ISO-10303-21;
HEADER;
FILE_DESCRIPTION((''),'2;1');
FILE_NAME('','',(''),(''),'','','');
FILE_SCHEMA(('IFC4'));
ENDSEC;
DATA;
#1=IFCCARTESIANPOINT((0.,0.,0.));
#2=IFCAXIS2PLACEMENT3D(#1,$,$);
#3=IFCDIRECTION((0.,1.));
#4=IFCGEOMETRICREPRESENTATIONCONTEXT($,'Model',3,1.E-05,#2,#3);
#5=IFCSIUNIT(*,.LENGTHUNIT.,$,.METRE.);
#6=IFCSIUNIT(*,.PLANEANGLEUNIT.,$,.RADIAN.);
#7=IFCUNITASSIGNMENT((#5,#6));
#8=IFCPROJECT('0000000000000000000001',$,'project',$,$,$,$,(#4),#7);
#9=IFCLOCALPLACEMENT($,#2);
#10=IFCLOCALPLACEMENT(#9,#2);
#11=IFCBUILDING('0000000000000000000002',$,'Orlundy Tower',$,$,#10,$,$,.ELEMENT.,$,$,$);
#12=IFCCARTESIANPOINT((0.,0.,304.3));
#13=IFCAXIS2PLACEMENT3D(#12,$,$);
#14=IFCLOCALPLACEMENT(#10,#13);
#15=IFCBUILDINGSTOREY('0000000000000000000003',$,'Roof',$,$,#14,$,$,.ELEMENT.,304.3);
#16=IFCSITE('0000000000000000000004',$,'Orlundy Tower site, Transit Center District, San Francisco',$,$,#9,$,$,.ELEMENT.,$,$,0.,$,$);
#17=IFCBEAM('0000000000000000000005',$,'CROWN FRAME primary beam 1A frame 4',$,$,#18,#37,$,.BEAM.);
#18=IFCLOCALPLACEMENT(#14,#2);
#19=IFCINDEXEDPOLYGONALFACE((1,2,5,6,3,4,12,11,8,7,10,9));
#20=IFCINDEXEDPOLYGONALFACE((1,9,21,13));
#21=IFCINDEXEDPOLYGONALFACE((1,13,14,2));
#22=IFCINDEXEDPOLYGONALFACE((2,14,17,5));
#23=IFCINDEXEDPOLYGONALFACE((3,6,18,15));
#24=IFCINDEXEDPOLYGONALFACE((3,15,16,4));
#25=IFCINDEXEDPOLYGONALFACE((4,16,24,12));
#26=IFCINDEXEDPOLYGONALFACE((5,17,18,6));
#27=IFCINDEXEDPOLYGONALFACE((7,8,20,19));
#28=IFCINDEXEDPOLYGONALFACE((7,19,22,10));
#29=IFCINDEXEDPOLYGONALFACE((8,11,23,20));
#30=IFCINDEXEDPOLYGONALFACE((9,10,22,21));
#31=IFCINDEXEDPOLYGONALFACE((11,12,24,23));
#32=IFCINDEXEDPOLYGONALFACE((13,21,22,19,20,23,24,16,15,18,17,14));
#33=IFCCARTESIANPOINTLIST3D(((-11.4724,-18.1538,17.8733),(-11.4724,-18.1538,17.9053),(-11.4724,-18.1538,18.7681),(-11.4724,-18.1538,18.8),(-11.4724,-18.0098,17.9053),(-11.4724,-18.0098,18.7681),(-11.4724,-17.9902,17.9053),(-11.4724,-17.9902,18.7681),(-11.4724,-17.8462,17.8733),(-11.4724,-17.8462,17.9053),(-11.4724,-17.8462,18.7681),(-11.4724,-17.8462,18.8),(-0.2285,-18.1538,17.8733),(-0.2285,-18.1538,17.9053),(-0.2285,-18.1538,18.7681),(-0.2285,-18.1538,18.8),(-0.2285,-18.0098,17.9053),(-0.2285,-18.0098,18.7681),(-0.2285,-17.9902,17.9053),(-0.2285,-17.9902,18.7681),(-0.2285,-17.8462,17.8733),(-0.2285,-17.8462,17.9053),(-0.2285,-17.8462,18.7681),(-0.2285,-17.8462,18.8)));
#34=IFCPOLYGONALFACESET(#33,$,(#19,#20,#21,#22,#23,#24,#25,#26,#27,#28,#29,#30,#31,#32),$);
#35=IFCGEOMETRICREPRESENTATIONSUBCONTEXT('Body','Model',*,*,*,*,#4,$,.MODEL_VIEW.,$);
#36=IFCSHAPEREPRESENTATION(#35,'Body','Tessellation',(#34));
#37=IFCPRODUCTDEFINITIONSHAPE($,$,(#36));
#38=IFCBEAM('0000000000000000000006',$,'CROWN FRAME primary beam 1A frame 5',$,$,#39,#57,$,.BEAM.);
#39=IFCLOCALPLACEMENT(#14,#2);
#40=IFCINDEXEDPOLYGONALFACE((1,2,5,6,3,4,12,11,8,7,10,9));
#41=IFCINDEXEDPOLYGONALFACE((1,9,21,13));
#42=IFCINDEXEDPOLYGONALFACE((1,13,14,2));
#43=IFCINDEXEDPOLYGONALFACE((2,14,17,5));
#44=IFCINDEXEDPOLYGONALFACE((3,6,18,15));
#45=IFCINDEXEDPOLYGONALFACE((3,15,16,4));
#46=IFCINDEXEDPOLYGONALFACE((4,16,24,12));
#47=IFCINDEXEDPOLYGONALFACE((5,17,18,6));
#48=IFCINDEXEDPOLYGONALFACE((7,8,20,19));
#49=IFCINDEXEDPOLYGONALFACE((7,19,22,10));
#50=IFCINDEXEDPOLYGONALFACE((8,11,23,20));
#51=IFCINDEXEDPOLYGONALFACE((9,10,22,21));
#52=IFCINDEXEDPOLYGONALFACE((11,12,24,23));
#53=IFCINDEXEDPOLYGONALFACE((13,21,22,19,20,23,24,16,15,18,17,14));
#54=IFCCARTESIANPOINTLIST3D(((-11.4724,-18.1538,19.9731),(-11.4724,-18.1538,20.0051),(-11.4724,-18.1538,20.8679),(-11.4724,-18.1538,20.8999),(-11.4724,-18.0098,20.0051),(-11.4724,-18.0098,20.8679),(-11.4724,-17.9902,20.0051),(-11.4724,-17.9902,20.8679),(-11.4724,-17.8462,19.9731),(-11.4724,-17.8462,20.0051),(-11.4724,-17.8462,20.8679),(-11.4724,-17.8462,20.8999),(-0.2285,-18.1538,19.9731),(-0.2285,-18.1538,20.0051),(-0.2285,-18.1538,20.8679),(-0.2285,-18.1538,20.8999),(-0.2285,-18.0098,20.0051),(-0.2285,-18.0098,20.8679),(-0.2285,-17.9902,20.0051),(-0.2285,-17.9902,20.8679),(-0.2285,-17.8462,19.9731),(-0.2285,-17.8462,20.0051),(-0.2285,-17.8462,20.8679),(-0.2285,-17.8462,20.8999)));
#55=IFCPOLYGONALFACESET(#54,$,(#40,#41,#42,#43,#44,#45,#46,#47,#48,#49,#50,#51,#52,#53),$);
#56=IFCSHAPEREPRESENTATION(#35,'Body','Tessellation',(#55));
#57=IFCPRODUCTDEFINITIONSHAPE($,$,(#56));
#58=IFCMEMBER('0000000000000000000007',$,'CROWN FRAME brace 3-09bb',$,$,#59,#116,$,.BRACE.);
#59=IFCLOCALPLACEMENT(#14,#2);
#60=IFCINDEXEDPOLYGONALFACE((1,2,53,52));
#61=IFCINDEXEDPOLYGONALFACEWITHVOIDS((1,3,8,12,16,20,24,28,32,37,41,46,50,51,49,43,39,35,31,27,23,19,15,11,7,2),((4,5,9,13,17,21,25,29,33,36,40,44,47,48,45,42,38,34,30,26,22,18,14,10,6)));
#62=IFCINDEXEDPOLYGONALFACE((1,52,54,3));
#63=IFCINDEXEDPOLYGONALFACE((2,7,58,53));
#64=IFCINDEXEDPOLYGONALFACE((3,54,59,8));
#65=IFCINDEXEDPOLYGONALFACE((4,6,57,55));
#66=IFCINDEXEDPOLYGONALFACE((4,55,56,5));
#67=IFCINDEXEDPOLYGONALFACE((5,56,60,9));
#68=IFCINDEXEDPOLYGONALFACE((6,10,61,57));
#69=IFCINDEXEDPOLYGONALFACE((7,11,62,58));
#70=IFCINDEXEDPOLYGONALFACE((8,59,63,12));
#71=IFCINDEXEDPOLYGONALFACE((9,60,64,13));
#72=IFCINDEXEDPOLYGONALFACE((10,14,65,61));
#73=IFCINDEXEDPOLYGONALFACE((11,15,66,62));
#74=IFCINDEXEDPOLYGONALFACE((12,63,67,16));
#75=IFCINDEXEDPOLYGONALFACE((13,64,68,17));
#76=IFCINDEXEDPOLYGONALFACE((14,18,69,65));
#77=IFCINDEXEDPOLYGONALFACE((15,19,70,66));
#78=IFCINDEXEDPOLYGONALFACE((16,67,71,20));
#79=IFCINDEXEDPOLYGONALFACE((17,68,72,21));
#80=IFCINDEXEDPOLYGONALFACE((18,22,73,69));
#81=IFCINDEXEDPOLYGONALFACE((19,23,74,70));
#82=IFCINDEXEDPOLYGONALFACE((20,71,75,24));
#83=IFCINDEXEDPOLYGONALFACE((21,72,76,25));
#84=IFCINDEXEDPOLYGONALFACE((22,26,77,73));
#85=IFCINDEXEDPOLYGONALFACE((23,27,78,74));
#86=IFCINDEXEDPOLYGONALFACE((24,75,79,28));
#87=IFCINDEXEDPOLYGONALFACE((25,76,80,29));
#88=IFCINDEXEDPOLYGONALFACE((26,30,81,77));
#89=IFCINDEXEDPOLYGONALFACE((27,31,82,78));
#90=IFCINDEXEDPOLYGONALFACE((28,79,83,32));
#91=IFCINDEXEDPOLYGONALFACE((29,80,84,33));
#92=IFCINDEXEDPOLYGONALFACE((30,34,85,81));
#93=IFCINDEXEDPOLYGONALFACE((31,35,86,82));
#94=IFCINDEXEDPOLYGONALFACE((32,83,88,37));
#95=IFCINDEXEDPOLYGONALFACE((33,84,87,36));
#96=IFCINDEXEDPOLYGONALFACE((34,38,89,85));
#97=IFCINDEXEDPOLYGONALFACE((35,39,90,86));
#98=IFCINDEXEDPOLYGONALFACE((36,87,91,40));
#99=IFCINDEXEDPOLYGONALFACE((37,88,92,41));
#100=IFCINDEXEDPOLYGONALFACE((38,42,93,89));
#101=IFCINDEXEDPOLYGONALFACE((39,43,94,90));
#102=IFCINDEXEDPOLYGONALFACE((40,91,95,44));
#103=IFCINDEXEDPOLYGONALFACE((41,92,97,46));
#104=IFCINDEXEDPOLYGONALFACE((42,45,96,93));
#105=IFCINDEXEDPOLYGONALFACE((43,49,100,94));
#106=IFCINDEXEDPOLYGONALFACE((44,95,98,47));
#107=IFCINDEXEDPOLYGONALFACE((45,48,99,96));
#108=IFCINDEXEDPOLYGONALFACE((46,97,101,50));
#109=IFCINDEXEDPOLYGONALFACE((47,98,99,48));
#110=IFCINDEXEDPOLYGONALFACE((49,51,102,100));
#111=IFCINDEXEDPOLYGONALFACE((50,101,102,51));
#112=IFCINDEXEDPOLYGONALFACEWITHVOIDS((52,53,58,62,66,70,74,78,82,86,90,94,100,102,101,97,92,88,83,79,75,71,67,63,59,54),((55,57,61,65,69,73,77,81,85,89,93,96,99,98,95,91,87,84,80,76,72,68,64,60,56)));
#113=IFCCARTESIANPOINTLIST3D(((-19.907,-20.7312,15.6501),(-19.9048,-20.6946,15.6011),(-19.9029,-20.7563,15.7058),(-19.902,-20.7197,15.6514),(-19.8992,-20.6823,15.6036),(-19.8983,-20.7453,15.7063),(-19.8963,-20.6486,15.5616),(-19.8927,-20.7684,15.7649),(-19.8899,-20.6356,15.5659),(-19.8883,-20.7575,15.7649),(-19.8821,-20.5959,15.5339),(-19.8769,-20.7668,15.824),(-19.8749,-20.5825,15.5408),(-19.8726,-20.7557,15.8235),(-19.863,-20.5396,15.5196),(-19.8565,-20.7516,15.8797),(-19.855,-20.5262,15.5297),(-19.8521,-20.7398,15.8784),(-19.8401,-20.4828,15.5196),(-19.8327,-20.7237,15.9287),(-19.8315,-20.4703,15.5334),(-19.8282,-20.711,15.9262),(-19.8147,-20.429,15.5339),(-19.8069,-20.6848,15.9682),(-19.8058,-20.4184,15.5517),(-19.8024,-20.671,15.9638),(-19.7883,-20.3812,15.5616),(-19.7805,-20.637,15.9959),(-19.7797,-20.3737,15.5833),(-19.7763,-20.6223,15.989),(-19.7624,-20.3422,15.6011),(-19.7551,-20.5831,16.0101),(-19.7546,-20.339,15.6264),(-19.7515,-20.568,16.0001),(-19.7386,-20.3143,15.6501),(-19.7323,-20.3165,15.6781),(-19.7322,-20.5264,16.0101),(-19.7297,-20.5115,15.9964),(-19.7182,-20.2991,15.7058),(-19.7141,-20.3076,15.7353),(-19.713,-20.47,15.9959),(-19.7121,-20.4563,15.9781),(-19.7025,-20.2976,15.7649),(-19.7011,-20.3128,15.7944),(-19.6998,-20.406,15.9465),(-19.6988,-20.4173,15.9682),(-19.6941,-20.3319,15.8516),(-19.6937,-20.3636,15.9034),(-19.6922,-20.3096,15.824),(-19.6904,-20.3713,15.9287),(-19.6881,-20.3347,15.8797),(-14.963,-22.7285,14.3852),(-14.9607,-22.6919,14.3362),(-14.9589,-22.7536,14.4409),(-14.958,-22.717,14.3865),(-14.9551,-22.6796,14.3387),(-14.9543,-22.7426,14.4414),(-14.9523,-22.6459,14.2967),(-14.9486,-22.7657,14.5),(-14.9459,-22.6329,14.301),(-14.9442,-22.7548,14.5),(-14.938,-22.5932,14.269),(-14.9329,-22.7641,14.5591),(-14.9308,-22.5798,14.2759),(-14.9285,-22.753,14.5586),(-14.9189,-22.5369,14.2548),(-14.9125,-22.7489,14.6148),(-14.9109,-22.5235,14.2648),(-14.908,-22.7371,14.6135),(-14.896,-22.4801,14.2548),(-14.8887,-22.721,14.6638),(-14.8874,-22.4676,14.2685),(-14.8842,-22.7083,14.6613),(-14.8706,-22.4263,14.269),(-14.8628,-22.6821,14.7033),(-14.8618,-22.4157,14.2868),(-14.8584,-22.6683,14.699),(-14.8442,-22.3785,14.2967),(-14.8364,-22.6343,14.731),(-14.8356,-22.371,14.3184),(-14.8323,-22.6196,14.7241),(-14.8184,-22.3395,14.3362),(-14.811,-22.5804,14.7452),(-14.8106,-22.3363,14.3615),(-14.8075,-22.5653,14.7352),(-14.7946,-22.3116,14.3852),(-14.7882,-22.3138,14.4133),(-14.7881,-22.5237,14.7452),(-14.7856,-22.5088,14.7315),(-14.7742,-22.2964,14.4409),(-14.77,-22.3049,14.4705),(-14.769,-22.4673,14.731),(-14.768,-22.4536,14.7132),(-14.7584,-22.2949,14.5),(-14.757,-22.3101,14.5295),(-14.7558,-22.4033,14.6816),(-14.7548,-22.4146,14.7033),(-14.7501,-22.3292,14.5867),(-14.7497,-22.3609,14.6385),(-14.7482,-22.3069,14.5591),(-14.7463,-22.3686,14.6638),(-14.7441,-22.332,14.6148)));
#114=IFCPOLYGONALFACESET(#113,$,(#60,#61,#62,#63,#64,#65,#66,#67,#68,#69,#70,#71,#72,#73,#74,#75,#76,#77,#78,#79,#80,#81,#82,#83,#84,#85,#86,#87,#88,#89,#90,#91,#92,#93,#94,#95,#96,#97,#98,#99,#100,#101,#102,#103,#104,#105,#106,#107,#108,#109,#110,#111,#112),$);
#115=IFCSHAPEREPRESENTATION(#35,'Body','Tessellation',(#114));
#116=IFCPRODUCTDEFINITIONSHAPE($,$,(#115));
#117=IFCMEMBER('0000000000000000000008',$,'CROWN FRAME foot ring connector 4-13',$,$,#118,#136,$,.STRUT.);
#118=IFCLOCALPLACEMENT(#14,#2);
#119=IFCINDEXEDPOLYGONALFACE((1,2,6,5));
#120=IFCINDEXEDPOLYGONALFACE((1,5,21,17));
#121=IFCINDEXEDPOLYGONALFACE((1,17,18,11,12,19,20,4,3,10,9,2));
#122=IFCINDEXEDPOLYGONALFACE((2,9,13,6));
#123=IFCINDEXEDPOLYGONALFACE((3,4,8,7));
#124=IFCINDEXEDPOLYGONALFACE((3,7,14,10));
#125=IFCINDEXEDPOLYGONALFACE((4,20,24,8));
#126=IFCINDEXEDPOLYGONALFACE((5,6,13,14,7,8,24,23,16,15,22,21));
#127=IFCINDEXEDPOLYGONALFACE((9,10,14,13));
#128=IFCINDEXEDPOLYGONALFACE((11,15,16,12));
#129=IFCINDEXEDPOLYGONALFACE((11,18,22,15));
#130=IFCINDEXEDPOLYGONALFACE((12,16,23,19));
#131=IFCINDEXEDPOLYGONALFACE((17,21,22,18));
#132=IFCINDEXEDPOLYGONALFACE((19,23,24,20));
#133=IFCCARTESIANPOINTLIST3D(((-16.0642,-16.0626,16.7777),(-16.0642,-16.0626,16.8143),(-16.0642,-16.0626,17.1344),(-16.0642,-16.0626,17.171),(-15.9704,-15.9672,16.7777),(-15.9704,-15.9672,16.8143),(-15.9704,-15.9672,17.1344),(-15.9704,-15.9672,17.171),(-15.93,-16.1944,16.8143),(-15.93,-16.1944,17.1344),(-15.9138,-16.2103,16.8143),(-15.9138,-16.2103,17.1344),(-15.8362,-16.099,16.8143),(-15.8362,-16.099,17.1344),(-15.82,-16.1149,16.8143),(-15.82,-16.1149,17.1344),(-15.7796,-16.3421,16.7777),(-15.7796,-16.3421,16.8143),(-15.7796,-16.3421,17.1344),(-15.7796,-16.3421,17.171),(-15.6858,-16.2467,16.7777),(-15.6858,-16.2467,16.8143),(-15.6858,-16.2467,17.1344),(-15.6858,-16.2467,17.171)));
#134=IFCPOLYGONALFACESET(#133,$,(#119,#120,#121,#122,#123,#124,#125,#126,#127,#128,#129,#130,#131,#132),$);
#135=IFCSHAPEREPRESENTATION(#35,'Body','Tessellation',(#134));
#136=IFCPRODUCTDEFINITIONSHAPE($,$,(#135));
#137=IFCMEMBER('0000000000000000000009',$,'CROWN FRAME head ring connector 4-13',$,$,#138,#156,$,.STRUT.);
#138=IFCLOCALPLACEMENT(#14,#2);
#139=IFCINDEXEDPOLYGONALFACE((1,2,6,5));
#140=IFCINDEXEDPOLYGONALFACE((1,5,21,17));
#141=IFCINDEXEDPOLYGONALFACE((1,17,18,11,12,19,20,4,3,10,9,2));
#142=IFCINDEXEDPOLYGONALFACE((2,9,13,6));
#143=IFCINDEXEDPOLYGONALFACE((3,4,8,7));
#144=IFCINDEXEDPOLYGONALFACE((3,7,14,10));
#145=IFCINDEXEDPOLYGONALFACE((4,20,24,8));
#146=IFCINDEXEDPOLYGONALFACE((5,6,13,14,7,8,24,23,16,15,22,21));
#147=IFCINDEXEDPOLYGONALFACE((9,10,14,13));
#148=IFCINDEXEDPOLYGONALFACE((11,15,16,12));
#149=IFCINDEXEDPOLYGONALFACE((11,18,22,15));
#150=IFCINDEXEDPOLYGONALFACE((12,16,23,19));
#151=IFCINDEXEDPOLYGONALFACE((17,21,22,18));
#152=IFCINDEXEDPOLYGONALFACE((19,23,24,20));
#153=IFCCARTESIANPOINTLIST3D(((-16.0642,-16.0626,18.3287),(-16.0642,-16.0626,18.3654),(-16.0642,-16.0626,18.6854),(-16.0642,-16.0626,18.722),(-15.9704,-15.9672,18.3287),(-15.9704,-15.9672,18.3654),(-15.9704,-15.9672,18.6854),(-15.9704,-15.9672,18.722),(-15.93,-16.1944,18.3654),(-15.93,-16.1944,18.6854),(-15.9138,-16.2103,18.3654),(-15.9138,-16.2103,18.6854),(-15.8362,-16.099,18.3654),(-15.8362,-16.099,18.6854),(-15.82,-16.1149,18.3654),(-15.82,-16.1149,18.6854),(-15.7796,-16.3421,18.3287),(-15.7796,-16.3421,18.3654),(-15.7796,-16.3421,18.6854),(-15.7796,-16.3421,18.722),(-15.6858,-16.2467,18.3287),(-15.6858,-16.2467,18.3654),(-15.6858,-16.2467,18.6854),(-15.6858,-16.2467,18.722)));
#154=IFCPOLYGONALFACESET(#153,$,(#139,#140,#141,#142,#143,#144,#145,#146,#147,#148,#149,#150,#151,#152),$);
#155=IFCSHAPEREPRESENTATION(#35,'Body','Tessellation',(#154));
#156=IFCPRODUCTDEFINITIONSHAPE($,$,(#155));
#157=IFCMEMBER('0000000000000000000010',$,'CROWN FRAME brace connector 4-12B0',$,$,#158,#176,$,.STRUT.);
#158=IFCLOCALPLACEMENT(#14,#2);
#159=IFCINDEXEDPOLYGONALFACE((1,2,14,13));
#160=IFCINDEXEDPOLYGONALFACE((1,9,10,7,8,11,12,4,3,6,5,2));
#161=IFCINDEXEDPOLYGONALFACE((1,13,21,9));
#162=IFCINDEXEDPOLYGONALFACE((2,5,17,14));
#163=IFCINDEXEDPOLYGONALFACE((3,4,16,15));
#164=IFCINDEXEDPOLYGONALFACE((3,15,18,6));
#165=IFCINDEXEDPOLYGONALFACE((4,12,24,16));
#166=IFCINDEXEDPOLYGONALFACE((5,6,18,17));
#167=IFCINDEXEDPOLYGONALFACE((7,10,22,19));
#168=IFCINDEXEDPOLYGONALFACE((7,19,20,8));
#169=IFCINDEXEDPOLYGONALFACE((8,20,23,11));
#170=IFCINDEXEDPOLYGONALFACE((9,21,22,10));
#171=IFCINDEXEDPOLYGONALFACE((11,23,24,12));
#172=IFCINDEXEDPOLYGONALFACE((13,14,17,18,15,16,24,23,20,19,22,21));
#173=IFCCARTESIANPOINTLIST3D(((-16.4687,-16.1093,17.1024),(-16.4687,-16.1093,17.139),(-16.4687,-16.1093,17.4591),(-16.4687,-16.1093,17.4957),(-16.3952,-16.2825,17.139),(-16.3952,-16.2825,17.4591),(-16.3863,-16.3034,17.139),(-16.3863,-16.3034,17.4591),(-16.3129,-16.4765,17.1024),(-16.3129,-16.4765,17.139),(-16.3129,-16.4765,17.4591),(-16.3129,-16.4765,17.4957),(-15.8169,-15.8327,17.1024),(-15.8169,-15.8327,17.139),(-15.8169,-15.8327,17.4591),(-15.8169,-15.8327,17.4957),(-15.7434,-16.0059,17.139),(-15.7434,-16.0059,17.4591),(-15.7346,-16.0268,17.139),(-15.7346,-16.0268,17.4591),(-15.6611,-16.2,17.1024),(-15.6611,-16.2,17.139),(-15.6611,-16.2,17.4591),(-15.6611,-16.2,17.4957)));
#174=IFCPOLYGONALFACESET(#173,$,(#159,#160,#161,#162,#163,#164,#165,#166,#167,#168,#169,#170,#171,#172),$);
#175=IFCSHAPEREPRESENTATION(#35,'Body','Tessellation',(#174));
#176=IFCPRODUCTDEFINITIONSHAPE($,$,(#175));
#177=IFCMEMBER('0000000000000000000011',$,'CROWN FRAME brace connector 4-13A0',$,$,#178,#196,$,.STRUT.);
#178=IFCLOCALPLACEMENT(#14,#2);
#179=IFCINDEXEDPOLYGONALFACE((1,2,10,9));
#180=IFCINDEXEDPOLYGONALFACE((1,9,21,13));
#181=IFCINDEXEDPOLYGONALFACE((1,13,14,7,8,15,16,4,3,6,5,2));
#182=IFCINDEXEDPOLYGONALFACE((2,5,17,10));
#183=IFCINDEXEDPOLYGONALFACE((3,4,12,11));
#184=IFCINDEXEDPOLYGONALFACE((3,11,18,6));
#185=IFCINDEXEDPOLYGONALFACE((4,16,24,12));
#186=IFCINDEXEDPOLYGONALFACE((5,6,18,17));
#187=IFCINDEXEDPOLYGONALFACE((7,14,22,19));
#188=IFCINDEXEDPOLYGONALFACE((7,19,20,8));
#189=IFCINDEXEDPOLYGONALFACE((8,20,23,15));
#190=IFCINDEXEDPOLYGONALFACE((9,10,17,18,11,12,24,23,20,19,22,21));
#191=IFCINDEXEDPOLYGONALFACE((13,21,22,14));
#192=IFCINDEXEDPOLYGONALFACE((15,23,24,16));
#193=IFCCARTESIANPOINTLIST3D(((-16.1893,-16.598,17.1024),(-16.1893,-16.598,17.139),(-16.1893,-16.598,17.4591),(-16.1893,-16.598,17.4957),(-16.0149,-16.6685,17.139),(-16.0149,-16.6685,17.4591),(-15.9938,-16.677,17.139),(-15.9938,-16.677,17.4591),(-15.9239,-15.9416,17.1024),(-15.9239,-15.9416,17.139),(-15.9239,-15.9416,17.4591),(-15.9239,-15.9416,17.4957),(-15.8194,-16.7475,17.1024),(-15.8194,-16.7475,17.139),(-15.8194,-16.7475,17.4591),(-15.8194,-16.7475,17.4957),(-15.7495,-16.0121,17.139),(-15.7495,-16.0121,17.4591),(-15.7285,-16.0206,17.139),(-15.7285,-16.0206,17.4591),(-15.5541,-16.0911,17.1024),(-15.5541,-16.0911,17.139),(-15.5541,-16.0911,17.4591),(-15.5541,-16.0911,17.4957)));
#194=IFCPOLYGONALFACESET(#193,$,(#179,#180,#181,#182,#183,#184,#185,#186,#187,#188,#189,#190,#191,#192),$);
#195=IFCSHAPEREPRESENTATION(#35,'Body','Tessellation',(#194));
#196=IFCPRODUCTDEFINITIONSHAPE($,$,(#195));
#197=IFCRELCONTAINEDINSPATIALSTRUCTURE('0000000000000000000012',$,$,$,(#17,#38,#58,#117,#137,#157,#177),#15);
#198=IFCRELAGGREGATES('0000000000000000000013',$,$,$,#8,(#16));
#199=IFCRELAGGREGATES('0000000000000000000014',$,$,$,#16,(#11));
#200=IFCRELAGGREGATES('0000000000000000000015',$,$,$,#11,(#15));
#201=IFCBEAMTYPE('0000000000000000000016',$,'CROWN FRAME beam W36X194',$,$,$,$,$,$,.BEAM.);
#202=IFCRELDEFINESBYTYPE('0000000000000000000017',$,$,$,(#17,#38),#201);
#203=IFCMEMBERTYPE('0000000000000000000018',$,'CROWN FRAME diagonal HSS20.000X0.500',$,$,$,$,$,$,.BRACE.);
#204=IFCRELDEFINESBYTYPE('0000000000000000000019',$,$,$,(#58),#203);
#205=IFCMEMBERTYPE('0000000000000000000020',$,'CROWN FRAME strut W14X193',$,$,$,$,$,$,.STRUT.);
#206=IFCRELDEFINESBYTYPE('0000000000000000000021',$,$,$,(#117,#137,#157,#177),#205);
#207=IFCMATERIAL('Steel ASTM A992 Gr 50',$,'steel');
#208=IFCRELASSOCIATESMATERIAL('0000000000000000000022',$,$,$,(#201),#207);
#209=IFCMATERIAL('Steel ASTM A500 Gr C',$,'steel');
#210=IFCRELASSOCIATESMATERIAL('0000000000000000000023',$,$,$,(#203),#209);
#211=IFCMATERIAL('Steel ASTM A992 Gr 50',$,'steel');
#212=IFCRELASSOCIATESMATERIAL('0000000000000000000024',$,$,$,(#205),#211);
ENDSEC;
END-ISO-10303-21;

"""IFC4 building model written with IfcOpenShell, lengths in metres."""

from ifc_helpers import new_model, si_unit, direction, frame, origin, origin_2d, place, context, subcontext, project, spatial, hollow_circle, i_section, extrude, material, material_profile, profile_set, type_object, element, save


model = new_model("IFC4")

# Units and contexts
model_context = context("Model", 3, precision=1e-05, world=origin(), true_north=direction((0.0, 1.0)))
body_context = subcontext(model_context, "Body", "Model", "MODEL_VIEW")
ifc_project = project(units=[si_unit("LENGTHUNIT", "METRE"), si_unit("PLANEANGLEUNIT", "RADIAN")], contexts=[model_context])

# Site, building, storey
site_placement = place(None, origin())
site = spatial("IfcSite", under=ifc_project, at=site_placement, Name="Orlundy Tower site, Transit Center District, San Francisco", CompositionType="ELEMENT", RefElevation=0.0)
building_placement = place(site_placement, origin())
building = spatial("IfcBuilding", under=site, at=building_placement, Name="Orlundy Tower", CompositionType="ELEMENT")
storey_placement = place(building_placement, frame((0.0, 0.0, 304.3)))
storey = spatial("IfcBuildingStorey", under=building, at=storey_placement, Name="Roof", CompositionType="ELEMENT", Elevation=304.3)

# Beams
ifc_material_1 = material(Name="Steel ASTM A992 Gr 50", Category="steel")
ifc_material_profile_1 = material_profile(ifc_material_1, i_section(OverallWidth=0.3076, OverallDepth=0.9268, WebThickness=0.0195, FlangeThickness=0.032, at=origin_2d()), Name="W36X194")
ifc_profile_set_1 = profile_set([ifc_material_profile_1], Name="Steel ASTM A992 Gr 50")
beam_type_1 = type_object("IfcBeamType", Name="CROWN FRAME beam W36X194", PredefinedType="BEAM", material=ifc_profile_set_1)
for number, where, z_axis, x_axis, name in (
    (1, (-11.4724, -18.0, 18.3367), (1.0, 0.0, 0.0), (0.0, 1.0, 0.0), "CROWN FRAME primary beam 1A frame 4"),
    (2, (-11.4724, -18.0, 20.4365), (1.0, 0.0, 0.0), (0.0, 1.0, 0.0), "CROWN FRAME primary beam 1A frame 5"),
):
    element("IfcBeam", number, at=place(storey_placement, frame(where, z_axis=z_axis, x_axis=x_axis)), inside=storey, type_object=beam_type_1, Name=name, PredefinedType="BEAM", context=body_context, shape_type="SweptSolid", body=[
        extrude(i_section(OverallWidth=0.3076, OverallDepth=0.9268, WebThickness=0.0195, FlangeThickness=0.032, at=origin_2d()), origin(), (0.0, 0.0, 1.0), 11.2439),
    ])

# Members
ifc_material_2 = material(Name="Steel ASTM A500 Gr C", Category="steel")
ifc_material_profile_2 = material_profile(ifc_material_2, hollow_circle(Radius=0.2539, WallThickness=0.0117, at=origin_2d()), Name="HSS20.000X0.500")
ifc_profile_set_2 = profile_set([ifc_material_profile_2], Name="Steel ASTM A500 Gr C")
member_type_1 = type_object("IfcMemberType", Name="CROWN FRAME diagonal HSS20.000X0.500", PredefinedType="BRACE", material=ifc_profile_set_2)
member_1_placement = place(storey_placement, frame((-14.8535, -22.5303, 14.5), z_axis=(-0.902164, 0.364456, 0.230809), x_axis=(-0.37457, -0.927199, 0.0)))
element("IfcMember", 3, at=member_1_placement, inside=storey, type_object=member_type_1, Name="CROWN FRAME brace 3-09bb", PredefinedType="BRACE", context=body_context, shape_type="SweptSolid", body=[
    extrude(hollow_circle(Radius=0.2539, WallThickness=0.0117, at=origin_2d()), origin(), (0.0, 0.0, 1.0), 5.4802),
])
ifc_material_3 = material(Name="Steel ASTM A992 Gr 50", Category="steel")
ifc_material_profile_3 = material_profile(ifc_material_3, i_section(OverallWidth=0.3989, OverallDepth=0.3933, WebThickness=0.0227, FlangeThickness=0.0366, at=origin_2d()), Name="W14X193")
ifc_profile_set_3 = profile_set([ifc_material_profile_3], Name="Steel ASTM A992 Gr 50")
member_type_2 = type_object("IfcMemberType", Name="CROWN FRAME strut W14X193", PredefinedType="STRUT", material=ifc_profile_set_3)
for number, where, z_axis, x_axis, name in (
    (4, (-15.8281, -16.1069, 16.9744), (-0.700691, -0.713464, 0.0), (0.713464, -0.700691, 0.0), "CROWN FRAME foot ring connector 4-13"),
    (5, (-15.8281, -16.1069, 18.5254), (-0.700691, -0.713464, 0.0), (0.713464, -0.700691, 0.0), "CROWN FRAME head ring connector 4-13"),
):
    element("IfcMember", number, at=place(storey_placement, frame(where, z_axis=z_axis, x_axis=x_axis)), inside=storey, type_object=member_type_2, Name=name, PredefinedType="STRUT", context=body_context, shape_type="SweptSolid", body=[
        extrude(i_section(OverallWidth=0.3989, OverallDepth=0.3933, WebThickness=0.0227, FlangeThickness=0.0366, at=origin_2d()), origin(), (0.0, 0.0, 1.0), 0.1338),
    ])
for number, where, z_axis, x_axis, name in (
    (6, (-15.739, -16.0164, 17.2991), (-0.920548, -0.39063, 0.0), (0.39063, -0.920548, 0.0), "CROWN FRAME brace connector 4-12B0"),
    (7, (-15.739, -16.0164, 17.2991), (-0.374777, -0.927115, 0.0), (0.927115, -0.374777, 0.0), "CROWN FRAME brace connector 4-13A0"),
):
    element("IfcMember", number, at=place(storey_placement, frame(where, z_axis=z_axis, x_axis=x_axis)), inside=storey, type_object=member_type_2, Name=name, PredefinedType="STRUT", context=body_context, shape_type="SweptSolid", body=[
        extrude(i_section(OverallWidth=0.3989, OverallDepth=0.3933, WebThickness=0.0227, FlangeThickness=0.0366, at=origin_2d()), origin(), (0.0, 0.0, 1.0), 0.708),
    ])

save(model, "model.ifc")
